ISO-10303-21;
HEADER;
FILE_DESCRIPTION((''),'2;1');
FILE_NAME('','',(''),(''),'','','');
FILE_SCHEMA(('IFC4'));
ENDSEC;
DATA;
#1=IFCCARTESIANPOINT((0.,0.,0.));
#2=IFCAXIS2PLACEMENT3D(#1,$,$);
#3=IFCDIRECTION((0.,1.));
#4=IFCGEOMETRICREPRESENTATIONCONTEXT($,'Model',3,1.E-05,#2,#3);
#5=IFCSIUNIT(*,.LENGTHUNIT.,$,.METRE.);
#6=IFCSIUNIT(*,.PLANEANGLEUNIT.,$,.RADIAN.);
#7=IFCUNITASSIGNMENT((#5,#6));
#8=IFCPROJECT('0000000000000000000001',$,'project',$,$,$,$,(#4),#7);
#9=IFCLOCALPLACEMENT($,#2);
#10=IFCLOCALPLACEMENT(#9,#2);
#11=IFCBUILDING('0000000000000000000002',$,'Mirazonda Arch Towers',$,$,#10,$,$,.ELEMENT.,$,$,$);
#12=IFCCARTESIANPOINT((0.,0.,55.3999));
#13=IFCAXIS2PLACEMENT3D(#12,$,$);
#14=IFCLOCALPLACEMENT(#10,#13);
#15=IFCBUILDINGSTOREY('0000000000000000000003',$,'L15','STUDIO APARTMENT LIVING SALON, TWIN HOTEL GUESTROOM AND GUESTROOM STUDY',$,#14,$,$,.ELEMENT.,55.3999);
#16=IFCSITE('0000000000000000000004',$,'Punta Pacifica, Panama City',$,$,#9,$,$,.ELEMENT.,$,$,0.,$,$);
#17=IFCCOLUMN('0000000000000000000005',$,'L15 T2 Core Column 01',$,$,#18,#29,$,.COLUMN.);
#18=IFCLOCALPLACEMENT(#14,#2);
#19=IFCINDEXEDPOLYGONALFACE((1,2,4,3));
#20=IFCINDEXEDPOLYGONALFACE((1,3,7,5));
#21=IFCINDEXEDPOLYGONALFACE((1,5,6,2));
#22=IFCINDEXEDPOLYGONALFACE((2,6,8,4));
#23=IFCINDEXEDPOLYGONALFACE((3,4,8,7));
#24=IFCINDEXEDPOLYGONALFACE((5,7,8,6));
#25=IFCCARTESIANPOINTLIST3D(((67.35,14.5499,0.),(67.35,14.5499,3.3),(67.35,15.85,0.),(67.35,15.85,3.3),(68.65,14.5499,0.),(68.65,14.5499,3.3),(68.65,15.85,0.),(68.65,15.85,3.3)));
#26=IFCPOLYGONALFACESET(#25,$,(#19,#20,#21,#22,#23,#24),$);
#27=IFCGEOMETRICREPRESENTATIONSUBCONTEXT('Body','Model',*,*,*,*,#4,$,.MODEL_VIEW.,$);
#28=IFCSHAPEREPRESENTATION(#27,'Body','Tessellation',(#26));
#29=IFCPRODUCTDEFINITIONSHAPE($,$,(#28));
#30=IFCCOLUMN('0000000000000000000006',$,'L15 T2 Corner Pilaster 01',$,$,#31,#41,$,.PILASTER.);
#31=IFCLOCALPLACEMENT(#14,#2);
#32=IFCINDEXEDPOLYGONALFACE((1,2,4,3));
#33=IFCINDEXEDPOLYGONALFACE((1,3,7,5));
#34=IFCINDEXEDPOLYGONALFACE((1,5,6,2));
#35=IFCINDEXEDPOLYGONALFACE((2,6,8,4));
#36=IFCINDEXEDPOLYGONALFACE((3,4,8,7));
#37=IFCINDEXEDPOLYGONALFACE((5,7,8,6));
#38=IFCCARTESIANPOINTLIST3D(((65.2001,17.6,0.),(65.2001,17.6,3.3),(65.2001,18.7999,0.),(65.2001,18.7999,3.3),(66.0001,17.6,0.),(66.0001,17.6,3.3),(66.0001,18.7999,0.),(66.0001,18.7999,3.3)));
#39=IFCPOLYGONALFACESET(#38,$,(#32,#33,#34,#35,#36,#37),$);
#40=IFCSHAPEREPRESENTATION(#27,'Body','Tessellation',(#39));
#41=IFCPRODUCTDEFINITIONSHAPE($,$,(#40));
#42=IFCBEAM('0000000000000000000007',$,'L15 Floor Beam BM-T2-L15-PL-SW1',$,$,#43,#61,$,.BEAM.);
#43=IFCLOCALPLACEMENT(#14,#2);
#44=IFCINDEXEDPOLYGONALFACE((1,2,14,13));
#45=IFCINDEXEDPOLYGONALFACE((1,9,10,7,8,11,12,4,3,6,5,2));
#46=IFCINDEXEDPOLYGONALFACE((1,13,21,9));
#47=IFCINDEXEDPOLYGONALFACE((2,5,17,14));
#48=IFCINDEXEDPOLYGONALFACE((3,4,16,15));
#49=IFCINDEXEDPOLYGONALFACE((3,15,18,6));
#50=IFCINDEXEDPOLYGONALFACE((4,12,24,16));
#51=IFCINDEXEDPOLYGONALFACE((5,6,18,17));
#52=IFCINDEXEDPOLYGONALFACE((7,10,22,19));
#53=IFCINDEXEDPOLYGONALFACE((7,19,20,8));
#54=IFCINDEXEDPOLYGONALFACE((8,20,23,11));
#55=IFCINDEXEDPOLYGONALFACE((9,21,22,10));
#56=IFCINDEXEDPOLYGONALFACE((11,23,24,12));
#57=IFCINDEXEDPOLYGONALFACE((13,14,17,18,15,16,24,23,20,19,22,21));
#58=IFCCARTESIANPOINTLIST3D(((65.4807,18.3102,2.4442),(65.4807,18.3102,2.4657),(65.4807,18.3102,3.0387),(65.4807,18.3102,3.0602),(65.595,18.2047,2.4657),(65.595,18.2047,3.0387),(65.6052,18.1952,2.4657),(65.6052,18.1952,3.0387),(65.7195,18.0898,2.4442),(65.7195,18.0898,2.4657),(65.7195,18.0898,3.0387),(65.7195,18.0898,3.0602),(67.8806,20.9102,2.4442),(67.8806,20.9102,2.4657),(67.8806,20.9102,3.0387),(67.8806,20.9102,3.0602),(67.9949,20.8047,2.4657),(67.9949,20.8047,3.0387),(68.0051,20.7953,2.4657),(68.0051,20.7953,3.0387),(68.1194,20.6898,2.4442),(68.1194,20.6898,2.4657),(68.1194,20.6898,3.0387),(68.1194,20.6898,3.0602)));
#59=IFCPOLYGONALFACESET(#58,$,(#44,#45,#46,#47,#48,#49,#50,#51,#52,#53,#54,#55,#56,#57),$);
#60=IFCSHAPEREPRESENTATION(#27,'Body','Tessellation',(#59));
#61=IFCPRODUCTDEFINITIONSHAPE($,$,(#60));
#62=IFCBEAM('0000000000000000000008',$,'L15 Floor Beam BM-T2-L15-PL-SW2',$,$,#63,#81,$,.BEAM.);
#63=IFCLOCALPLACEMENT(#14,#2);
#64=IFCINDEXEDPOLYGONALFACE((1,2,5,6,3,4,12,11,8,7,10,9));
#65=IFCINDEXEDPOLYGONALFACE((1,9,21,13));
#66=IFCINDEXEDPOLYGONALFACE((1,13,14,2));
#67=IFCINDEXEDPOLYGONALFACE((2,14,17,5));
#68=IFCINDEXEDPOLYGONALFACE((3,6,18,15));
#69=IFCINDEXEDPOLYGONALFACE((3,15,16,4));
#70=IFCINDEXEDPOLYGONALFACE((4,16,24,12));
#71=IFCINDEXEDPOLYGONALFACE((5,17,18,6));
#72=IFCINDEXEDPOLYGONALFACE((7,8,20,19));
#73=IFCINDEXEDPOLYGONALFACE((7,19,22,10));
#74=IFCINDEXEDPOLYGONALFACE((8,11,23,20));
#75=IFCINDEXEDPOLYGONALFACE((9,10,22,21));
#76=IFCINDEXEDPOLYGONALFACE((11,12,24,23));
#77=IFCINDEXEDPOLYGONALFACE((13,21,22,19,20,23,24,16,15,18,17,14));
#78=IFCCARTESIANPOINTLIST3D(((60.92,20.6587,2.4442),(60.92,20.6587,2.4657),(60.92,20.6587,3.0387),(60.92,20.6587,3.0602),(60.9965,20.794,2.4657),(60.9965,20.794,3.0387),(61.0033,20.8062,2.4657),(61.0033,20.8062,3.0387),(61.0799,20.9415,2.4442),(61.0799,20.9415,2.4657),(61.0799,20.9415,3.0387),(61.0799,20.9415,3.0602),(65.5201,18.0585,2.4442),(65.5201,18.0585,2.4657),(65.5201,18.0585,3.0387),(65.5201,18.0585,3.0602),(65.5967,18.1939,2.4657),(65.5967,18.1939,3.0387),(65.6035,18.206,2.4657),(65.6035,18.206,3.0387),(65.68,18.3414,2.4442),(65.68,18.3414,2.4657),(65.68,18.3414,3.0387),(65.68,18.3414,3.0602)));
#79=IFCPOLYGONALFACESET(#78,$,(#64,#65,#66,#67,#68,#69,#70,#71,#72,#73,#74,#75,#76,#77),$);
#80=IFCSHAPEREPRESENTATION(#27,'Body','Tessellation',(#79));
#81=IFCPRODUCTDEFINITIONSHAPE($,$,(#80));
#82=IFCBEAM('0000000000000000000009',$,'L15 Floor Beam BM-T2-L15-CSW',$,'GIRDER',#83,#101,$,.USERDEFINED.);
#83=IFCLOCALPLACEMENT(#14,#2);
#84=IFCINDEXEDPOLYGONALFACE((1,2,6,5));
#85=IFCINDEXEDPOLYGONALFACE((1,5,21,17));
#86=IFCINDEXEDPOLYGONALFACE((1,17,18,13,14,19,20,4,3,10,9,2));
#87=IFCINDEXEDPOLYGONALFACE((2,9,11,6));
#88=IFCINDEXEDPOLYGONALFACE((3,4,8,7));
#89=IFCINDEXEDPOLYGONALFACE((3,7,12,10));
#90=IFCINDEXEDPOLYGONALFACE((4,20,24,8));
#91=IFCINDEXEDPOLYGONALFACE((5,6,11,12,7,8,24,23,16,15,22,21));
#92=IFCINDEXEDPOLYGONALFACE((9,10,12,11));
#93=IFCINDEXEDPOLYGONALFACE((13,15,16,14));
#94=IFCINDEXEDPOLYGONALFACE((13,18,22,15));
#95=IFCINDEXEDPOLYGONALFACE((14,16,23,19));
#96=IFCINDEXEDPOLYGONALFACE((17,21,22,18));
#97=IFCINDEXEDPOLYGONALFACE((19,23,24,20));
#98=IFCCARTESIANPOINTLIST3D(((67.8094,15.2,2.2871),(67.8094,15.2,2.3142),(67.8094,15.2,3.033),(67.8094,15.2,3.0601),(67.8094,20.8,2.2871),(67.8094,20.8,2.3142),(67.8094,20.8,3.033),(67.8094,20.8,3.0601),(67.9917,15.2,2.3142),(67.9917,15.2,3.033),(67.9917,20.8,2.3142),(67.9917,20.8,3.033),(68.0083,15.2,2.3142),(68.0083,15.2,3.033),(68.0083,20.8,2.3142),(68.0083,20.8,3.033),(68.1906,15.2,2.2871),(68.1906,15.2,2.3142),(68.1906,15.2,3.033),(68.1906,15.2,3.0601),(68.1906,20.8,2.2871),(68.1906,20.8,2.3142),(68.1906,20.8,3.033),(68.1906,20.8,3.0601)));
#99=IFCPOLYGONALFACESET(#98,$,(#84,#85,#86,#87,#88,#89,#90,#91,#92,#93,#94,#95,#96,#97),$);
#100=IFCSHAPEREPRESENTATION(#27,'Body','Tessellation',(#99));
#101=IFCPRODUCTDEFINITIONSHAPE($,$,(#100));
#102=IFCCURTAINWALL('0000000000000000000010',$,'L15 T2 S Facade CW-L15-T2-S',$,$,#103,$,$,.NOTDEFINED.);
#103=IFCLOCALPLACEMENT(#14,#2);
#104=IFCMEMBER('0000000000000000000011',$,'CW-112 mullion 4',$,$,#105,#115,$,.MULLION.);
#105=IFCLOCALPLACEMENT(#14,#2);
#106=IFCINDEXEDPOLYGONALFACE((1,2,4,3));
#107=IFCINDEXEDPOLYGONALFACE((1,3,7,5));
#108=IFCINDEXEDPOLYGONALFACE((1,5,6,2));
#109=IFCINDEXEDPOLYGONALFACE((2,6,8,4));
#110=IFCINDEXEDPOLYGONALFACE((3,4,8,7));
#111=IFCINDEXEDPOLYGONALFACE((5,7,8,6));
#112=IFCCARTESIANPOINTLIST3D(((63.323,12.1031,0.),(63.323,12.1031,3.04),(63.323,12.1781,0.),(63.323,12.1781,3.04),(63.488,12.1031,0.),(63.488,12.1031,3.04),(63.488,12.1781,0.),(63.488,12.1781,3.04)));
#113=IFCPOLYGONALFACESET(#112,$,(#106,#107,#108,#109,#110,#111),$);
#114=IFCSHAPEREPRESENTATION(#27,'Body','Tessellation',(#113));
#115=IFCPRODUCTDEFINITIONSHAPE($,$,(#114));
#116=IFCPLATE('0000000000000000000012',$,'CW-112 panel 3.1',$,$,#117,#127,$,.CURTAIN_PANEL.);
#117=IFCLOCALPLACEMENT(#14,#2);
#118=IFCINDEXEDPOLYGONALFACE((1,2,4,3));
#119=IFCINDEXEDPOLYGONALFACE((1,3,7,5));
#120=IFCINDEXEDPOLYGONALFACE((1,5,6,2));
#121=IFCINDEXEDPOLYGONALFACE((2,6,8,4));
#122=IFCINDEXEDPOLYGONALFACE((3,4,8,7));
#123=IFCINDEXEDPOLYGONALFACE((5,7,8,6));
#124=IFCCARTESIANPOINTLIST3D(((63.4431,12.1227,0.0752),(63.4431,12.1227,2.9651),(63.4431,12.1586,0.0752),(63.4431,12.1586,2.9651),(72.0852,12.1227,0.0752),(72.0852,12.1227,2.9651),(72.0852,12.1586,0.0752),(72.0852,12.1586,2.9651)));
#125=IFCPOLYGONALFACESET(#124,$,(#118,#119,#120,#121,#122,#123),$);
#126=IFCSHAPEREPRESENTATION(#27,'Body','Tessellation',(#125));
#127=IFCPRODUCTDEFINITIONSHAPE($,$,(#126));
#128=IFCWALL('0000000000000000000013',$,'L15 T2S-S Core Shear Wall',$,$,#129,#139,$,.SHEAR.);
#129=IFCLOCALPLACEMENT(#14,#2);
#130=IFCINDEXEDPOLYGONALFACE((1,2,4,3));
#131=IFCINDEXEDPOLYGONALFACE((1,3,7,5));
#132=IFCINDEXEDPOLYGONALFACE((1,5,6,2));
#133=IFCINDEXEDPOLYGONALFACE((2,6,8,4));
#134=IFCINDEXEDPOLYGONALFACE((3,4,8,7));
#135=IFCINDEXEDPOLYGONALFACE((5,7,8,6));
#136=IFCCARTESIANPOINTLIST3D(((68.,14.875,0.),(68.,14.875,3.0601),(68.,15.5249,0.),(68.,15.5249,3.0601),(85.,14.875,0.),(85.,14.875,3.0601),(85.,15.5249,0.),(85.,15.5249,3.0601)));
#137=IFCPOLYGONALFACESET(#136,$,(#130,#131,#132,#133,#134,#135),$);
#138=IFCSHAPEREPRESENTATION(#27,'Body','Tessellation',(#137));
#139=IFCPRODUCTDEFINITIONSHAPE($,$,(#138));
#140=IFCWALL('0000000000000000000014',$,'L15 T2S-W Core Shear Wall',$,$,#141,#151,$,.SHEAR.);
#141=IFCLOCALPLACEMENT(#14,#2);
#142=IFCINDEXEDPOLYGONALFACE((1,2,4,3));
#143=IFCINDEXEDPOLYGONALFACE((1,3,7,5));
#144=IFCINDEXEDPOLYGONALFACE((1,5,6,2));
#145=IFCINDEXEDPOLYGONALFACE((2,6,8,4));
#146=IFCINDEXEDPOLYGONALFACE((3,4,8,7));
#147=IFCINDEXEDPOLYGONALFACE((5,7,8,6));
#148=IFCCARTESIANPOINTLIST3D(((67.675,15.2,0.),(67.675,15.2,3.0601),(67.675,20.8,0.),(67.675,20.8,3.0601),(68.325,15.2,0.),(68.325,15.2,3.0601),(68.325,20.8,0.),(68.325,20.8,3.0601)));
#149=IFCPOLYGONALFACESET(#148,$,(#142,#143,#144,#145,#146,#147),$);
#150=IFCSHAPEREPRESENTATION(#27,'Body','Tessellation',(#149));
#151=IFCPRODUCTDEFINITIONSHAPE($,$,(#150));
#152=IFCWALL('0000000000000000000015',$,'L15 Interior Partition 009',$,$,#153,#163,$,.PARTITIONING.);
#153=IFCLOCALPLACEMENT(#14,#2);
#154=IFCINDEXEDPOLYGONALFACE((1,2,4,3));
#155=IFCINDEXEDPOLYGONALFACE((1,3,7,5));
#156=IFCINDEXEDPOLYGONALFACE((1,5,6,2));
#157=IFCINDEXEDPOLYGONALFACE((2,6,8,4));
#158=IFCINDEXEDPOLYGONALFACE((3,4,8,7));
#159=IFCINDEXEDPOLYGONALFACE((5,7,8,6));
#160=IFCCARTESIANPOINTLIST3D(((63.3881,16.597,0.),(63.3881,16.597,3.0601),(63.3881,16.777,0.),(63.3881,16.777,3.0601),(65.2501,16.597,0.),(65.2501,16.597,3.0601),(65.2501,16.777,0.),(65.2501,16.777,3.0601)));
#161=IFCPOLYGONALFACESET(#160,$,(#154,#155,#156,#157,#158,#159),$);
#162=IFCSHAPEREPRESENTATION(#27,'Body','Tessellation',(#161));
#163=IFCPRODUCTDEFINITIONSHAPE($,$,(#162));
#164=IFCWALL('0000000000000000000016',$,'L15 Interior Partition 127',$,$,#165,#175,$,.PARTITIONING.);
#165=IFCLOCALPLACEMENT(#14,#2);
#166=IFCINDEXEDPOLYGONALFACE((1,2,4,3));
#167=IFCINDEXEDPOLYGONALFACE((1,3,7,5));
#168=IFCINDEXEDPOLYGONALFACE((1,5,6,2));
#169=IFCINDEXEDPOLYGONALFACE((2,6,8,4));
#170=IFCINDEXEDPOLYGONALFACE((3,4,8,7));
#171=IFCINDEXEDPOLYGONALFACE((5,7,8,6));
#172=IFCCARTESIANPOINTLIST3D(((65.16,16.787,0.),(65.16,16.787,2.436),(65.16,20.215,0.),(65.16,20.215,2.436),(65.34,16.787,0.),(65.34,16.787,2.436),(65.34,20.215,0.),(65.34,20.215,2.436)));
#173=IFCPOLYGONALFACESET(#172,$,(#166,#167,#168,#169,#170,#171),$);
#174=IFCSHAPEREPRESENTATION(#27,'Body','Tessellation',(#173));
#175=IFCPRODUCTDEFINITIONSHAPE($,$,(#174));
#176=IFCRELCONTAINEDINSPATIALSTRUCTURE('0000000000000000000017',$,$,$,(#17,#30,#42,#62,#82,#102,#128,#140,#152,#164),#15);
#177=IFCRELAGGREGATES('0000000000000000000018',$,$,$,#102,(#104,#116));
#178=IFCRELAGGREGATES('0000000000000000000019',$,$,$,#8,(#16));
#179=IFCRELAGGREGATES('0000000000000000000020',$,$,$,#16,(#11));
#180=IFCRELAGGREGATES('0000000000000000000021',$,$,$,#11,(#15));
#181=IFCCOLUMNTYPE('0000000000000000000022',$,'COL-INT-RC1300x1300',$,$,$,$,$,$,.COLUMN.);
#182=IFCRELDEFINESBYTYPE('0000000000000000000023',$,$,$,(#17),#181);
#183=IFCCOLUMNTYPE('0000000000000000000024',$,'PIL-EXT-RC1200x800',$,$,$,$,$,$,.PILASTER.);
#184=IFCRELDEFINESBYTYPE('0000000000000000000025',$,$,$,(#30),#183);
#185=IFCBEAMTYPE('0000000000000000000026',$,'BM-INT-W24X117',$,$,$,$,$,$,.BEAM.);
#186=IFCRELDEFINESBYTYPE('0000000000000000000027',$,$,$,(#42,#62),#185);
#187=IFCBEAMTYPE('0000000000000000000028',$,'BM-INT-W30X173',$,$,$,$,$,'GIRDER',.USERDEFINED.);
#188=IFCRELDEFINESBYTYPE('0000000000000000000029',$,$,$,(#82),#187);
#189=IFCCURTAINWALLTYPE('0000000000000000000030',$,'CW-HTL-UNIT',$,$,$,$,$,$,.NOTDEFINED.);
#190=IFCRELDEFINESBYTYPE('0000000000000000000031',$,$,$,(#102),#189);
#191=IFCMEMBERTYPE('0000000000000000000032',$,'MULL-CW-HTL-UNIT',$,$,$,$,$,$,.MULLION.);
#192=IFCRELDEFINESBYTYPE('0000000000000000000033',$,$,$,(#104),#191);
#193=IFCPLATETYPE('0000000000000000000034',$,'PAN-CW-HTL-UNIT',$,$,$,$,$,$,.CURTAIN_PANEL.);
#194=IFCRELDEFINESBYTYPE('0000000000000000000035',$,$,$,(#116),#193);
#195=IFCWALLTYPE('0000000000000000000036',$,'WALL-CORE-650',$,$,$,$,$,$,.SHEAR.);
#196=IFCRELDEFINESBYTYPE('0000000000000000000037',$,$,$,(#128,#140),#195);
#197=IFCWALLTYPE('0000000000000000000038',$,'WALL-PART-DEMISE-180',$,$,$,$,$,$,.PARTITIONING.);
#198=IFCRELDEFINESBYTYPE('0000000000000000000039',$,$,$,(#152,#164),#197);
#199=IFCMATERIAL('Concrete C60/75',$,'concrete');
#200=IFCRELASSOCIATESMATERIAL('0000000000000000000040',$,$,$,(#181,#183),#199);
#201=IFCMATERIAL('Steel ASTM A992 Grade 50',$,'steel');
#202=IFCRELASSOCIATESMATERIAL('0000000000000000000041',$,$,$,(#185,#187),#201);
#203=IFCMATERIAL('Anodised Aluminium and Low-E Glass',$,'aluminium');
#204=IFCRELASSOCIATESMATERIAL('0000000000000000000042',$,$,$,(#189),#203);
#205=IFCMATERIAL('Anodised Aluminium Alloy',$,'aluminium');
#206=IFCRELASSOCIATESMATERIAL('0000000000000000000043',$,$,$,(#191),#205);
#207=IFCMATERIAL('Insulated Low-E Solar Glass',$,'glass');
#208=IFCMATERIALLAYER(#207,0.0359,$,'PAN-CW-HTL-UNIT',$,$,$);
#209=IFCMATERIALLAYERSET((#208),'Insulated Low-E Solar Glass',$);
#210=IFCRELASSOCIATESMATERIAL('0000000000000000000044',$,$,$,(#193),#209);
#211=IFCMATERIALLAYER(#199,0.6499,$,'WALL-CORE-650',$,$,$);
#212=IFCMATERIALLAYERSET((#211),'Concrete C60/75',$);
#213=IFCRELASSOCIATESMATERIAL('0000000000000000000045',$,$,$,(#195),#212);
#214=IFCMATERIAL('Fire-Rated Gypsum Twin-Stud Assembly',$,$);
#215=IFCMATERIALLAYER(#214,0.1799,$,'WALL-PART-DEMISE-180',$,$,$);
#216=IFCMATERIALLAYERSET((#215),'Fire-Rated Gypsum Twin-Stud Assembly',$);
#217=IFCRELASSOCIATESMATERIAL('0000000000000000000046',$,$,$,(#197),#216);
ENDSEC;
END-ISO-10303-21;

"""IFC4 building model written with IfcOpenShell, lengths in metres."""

from ifc_helpers import new_model, si_unit, direction, frame, frame_2d, origin, origin_2d, place, context, subcontext, project, spatial, rectangle, i_section, extrude, material, layer, layer_set, material_profile, profile_set, type_object, element, aggregate, save


model = new_model("IFC4")

# Units and contexts
model_context = context("Model", 3, precision=1e-05, world=origin(), true_north=direction((0.0, 1.0)))
body_context = subcontext(model_context, "Body", "Model", "MODEL_VIEW")
ifc_project = project(units=[si_unit("LENGTHUNIT", "METRE"), si_unit("PLANEANGLEUNIT", "RADIAN")], contexts=[model_context])

# Site, building, storey
site_placement = place(None, origin())
site = spatial("IfcSite", under=ifc_project, at=site_placement, Name="Punta Pacifica, Panama City", CompositionType="ELEMENT", RefElevation=0.0)
building_placement = place(site_placement, origin())
building = spatial("IfcBuilding", under=site, at=building_placement, Name="Mirazonda Arch Towers", CompositionType="ELEMENT")
storey_placement = place(building_placement, frame((0.0, 0.0, 55.3999)))
storey = spatial("IfcBuildingStorey", under=building, at=storey_placement, Name="L15", Description="STUDIO APARTMENT LIVING SALON, TWIN HOTEL GUESTROOM AND GUESTROOM STUDY", CompositionType="ELEMENT", Elevation=55.3999)

# Columns
ifc_material_1 = material(Name="Concrete C60/75", Category="concrete")
ifc_material_profile_1 = material_profile(ifc_material_1, rectangle(XDim=1.3, YDim=1.3, at=origin_2d()), Name="RC1300x1300")
ifc_profile_set_1 = profile_set([ifc_material_profile_1], Name="Concrete C60/75")
column_type_1 = type_object("IfcColumnType", Name="COL-INT-RC1300x1300", PredefinedType="COLUMN", material=ifc_profile_set_1)
column_1_placement = place(storey_placement, frame((68.0, 15.2, 0.0), z_axis=(0.0, 0.0, 1.0), x_axis=(1.0, 0.0, 0.0)))
element("IfcColumn", 1, at=column_1_placement, inside=storey, type_object=column_type_1, Name="L15 T2 Core Column 01", PredefinedType="COLUMN", context=body_context, shape_type="SweptSolid", body=[
    extrude(rectangle(XDim=1.3, YDim=1.3, at=origin_2d()), origin(), (0.0, 0.0, 1.0), 3.3),
])
ifc_material_profile_2 = material_profile(ifc_material_1, rectangle(XDim=0.8, YDim=1.2, at=origin_2d()), Name="RC1200x800")
ifc_profile_set_2 = profile_set([ifc_material_profile_2], Name="Concrete C60/75")
column_type_2 = type_object("IfcColumnType", Name="PIL-EXT-RC1200x800", PredefinedType="PILASTER", material=ifc_profile_set_2)
column_2_placement = place(storey_placement, frame((65.6001, 18.2, 0.0), z_axis=(0.0, 0.0, 1.0), x_axis=(1.0, 0.0, 0.0)))
element("IfcColumn", 2, at=column_2_placement, inside=storey, type_object=column_type_2, Name="L15 T2 Corner Pilaster 01", PredefinedType="PILASTER", context=body_context, shape_type="SweptSolid", body=[
    extrude(rectangle(XDim=0.8, YDim=1.2, at=origin_2d()), origin(), (0.0, 0.0, 1.0), 3.3),
])

# Beams
ifc_material_2 = material(Name="Steel ASTM A992 Grade 50", Category="steel")
ifc_material_profile_3 = material_profile(ifc_material_2, i_section(OverallWidth=0.325, OverallDepth=0.616, WebThickness=0.0139, FlangeThickness=0.0215, at=origin_2d()), Name="W24X117")
ifc_profile_set_3 = profile_set([ifc_material_profile_3], Name="Steel ASTM A992 Grade 50")
beam_type_1 = type_object("IfcBeamType", Name="BM-INT-W24X117", PredefinedType="BEAM", material=ifc_profile_set_3)
beam_1_placement = place(storey_placement, frame((65.6001, 18.2, 2.7522), z_axis=(0.678251, 0.73483, 0.0), x_axis=(-0.73483, 0.678251, 0.0)))
element("IfcBeam", 3, at=beam_1_placement, inside=storey, type_object=beam_type_1, Name="L15 Floor Beam BM-T2-L15-PL-SW1", PredefinedType="BEAM", context=body_context, shape_type="SweptSolid", body=[
    extrude(i_section(OverallWidth=0.325, OverallDepth=0.616, WebThickness=0.0139, FlangeThickness=0.0215, at=origin_2d()), origin(), (0.0, 0.0, 1.0), 3.5383),
])
beam_2_placement = place(storey_placement, frame((65.6001, 18.2, 2.7522), z_axis=(-0.870559, 0.492063, 0.0), x_axis=(-0.492063, -0.870559, 0.0)))
element("IfcBeam", 4, at=beam_2_placement, inside=storey, type_object=beam_type_1, Name="L15 Floor Beam BM-T2-L15-PL-SW2", PredefinedType="BEAM", context=body_context, shape_type="SweptSolid", body=[
    extrude(i_section(OverallWidth=0.325, OverallDepth=0.616, WebThickness=0.0139, FlangeThickness=0.0215, at=origin_2d()), origin(), (0.0, 0.0, 1.0), 5.2842),
])
ifc_material_profile_4 = material_profile(ifc_material_2, i_section(OverallWidth=0.3811, OverallDepth=0.7729, WebThickness=0.0166, FlangeThickness=0.0271, at=origin_2d()), Name="W30X173")
ifc_profile_set_4 = profile_set([ifc_material_profile_4], Name="Steel ASTM A992 Grade 50")
beam_type_2 = type_object("IfcBeamType", Name="BM-INT-W30X173", ElementType="GIRDER", PredefinedType="USERDEFINED", material=ifc_profile_set_4)
beam_3_placement = place(storey_placement, frame((68.0, 15.2, 2.6736), z_axis=(0.0, 1.0, 0.0), x_axis=(-1.0, 0.0, 0.0)))
element("IfcBeam", 5, at=beam_3_placement, inside=storey, type_object=beam_type_2, Name="L15 Floor Beam BM-T2-L15-CSW", ObjectType="GIRDER", PredefinedType="USERDEFINED", context=body_context, shape_type="SweptSolid", body=[
    extrude(i_section(OverallWidth=0.3811, OverallDepth=0.7729, WebThickness=0.0166, FlangeThickness=0.0271, at=origin_2d()), origin(), (0.0, 0.0, 1.0), 5.6001),
])

# Curtain wall, member, plate
ifc_material_3 = material(Name="Anodised Aluminium and Low-E Glass", Category="aluminium")
curtain_wall_type = type_object("IfcCurtainWallType", Name="CW-HTL-UNIT", PredefinedType="NOTDEFINED", material=ifc_material_3)
curtain_wall_placement = place(storey_placement, origin())
curtain_wall = element("IfcCurtainWall", 6, at=curtain_wall_placement, inside=storey, type_object=curtain_wall_type, Name="L15 T2 S Facade CW-L15-T2-S", PredefinedType="NOTDEFINED")
ifc_material_4 = material(Name="Anodised Aluminium Alloy", Category="aluminium")
ifc_material_profile_5 = material_profile(ifc_material_4, rectangle(XDim=0.075, YDim=0.165, at=origin_2d()), Name="ALU-MULL-75x165")
ifc_profile_set_5 = profile_set([ifc_material_profile_5], Name="Anodised Aluminium Alloy")
member_type = type_object("IfcMemberType", Name="MULL-CW-HTL-UNIT", PredefinedType="MULLION", material=ifc_profile_set_5)
member_placement = place(storey_placement, frame((63.4055, 12.1406, 0.0), z_axis=(0.0, 0.0, 1.0), x_axis=(0.0, -1.0, 0.0)))
member = element("IfcMember", 7, at=member_placement, type_object=member_type, Name="CW-112 mullion 4", PredefinedType="MULLION", context=body_context, shape_type="SweptSolid", body=[
    extrude(rectangle(XDim=0.075, YDim=0.165, at=origin_2d()), origin(), (0.0, 0.0, 1.0), 3.04),
])
ifc_material_5 = material(Name="Insulated Low-E Solar Glass", Category="glass")
ifc_layer_1 = layer(ifc_material_5, 0.0359, Name="PAN-CW-HTL-UNIT")
ifc_layer_set_1 = layer_set([ifc_layer_1], Name="Insulated Low-E Solar Glass")
plate_type = type_object("IfcPlateType", Name="PAN-CW-HTL-UNIT", PredefinedType="CURTAIN_PANEL", material=ifc_layer_set_1)
plate_placement = place(storey_placement, frame((67.7642, 12.1406, 0.0752), z_axis=(0.0, 0.0, 1.0), x_axis=(-1.0, 0.0, 0.0)))
plate = element("IfcPlate", 8, at=plate_placement, type_object=plate_type, Name="CW-112 panel 3.1", PredefinedType="CURTAIN_PANEL", context=body_context, shape_type="SweptSolid", body=[
    extrude(rectangle(XDim=8.6421, YDim=0.0359, at=origin_2d()), origin(), (0.0, 0.0, 1.0), 2.8899),
])
aggregate(curtain_wall, [member, plate])

# Walls
ifc_layer_2 = layer(ifc_material_1, 0.6499, Name="WALL-CORE-650")
ifc_layer_set_2 = layer_set([ifc_layer_2], Name="Concrete C60/75")
wall_type_1 = type_object("IfcWallType", Name="WALL-CORE-650", PredefinedType="SHEAR", material=ifc_layer_set_2)
wall_1_placement = place(storey_placement, frame((68.0, 15.2, 0.0), z_axis=(0.0, 0.0, 1.0), x_axis=(1.0, 0.0, 0.0)))
element("IfcWall", 9, at=wall_1_placement, inside=storey, type_object=wall_type_1, Name="L15 T2S-S Core Shear Wall", PredefinedType="SHEAR", context=body_context, shape_type="SweptSolid", body=[
    extrude(rectangle(XDim=17.0, YDim=0.6499, at=frame_2d((8.5, 0.0))), origin(), (0.0, 0.0, 1.0), 3.0601),
])
wall_2_placement = place(storey_placement, frame((68.0, 15.2, 0.0), z_axis=(0.0, 0.0, 1.0), x_axis=(0.0, 1.0, 0.0)))
element("IfcWall", 10, at=wall_2_placement, inside=storey, type_object=wall_type_1, Name="L15 T2S-W Core Shear Wall", PredefinedType="SHEAR", context=body_context, shape_type="SweptSolid", body=[
    extrude(rectangle(XDim=5.6001, YDim=0.6499, at=frame_2d((2.8, 0.0))), origin(), (0.0, 0.0, 1.0), 3.0601),
])
ifc_material_6 = material(Name="Fire-Rated Gypsum Twin-Stud Assembly")
ifc_layer_3 = layer(ifc_material_6, 0.1799, Name="WALL-PART-DEMISE-180")
ifc_layer_set_3 = layer_set([ifc_layer_3], Name="Fire-Rated Gypsum Twin-Stud Assembly")
wall_type_2 = type_object("IfcWallType", Name="WALL-PART-DEMISE-180", PredefinedType="PARTITIONING", material=ifc_layer_set_3)
wall_3_placement = place(storey_placement, frame((63.3879, 16.687, 0.0), z_axis=(0.0, 0.0, 1.0), x_axis=(1.0, 0.0, 0.0)))
element("IfcWall", 11, at=wall_3_placement, inside=storey, type_object=wall_type_2, Name="L15 Interior Partition 009", PredefinedType="PARTITIONING", context=body_context, shape_type="SweptSolid", body=[
    extrude(rectangle(XDim=1.8621, YDim=0.1799, at=frame_2d((0.9312, 0.0))), origin(), (0.0, 0.0, 1.0), 3.0601),
])
wall_4_placement = place(storey_placement, frame((65.25, 16.7871, 0.0), z_axis=(0.0, 0.0, 1.0), x_axis=(0.0, 1.0, 0.0)))
element("IfcWall", 12, at=wall_4_placement, inside=storey, type_object=wall_type_2, Name="L15 Interior Partition 127", PredefinedType="PARTITIONING", context=body_context, shape_type="SweptSolid", body=[
    extrude(rectangle(XDim=3.428, YDim=0.1799, at=frame_2d((1.7139, 0.0))), origin(), (0.0, 0.0, 1.0), 2.436),
])

save(model, "model.ifc")
